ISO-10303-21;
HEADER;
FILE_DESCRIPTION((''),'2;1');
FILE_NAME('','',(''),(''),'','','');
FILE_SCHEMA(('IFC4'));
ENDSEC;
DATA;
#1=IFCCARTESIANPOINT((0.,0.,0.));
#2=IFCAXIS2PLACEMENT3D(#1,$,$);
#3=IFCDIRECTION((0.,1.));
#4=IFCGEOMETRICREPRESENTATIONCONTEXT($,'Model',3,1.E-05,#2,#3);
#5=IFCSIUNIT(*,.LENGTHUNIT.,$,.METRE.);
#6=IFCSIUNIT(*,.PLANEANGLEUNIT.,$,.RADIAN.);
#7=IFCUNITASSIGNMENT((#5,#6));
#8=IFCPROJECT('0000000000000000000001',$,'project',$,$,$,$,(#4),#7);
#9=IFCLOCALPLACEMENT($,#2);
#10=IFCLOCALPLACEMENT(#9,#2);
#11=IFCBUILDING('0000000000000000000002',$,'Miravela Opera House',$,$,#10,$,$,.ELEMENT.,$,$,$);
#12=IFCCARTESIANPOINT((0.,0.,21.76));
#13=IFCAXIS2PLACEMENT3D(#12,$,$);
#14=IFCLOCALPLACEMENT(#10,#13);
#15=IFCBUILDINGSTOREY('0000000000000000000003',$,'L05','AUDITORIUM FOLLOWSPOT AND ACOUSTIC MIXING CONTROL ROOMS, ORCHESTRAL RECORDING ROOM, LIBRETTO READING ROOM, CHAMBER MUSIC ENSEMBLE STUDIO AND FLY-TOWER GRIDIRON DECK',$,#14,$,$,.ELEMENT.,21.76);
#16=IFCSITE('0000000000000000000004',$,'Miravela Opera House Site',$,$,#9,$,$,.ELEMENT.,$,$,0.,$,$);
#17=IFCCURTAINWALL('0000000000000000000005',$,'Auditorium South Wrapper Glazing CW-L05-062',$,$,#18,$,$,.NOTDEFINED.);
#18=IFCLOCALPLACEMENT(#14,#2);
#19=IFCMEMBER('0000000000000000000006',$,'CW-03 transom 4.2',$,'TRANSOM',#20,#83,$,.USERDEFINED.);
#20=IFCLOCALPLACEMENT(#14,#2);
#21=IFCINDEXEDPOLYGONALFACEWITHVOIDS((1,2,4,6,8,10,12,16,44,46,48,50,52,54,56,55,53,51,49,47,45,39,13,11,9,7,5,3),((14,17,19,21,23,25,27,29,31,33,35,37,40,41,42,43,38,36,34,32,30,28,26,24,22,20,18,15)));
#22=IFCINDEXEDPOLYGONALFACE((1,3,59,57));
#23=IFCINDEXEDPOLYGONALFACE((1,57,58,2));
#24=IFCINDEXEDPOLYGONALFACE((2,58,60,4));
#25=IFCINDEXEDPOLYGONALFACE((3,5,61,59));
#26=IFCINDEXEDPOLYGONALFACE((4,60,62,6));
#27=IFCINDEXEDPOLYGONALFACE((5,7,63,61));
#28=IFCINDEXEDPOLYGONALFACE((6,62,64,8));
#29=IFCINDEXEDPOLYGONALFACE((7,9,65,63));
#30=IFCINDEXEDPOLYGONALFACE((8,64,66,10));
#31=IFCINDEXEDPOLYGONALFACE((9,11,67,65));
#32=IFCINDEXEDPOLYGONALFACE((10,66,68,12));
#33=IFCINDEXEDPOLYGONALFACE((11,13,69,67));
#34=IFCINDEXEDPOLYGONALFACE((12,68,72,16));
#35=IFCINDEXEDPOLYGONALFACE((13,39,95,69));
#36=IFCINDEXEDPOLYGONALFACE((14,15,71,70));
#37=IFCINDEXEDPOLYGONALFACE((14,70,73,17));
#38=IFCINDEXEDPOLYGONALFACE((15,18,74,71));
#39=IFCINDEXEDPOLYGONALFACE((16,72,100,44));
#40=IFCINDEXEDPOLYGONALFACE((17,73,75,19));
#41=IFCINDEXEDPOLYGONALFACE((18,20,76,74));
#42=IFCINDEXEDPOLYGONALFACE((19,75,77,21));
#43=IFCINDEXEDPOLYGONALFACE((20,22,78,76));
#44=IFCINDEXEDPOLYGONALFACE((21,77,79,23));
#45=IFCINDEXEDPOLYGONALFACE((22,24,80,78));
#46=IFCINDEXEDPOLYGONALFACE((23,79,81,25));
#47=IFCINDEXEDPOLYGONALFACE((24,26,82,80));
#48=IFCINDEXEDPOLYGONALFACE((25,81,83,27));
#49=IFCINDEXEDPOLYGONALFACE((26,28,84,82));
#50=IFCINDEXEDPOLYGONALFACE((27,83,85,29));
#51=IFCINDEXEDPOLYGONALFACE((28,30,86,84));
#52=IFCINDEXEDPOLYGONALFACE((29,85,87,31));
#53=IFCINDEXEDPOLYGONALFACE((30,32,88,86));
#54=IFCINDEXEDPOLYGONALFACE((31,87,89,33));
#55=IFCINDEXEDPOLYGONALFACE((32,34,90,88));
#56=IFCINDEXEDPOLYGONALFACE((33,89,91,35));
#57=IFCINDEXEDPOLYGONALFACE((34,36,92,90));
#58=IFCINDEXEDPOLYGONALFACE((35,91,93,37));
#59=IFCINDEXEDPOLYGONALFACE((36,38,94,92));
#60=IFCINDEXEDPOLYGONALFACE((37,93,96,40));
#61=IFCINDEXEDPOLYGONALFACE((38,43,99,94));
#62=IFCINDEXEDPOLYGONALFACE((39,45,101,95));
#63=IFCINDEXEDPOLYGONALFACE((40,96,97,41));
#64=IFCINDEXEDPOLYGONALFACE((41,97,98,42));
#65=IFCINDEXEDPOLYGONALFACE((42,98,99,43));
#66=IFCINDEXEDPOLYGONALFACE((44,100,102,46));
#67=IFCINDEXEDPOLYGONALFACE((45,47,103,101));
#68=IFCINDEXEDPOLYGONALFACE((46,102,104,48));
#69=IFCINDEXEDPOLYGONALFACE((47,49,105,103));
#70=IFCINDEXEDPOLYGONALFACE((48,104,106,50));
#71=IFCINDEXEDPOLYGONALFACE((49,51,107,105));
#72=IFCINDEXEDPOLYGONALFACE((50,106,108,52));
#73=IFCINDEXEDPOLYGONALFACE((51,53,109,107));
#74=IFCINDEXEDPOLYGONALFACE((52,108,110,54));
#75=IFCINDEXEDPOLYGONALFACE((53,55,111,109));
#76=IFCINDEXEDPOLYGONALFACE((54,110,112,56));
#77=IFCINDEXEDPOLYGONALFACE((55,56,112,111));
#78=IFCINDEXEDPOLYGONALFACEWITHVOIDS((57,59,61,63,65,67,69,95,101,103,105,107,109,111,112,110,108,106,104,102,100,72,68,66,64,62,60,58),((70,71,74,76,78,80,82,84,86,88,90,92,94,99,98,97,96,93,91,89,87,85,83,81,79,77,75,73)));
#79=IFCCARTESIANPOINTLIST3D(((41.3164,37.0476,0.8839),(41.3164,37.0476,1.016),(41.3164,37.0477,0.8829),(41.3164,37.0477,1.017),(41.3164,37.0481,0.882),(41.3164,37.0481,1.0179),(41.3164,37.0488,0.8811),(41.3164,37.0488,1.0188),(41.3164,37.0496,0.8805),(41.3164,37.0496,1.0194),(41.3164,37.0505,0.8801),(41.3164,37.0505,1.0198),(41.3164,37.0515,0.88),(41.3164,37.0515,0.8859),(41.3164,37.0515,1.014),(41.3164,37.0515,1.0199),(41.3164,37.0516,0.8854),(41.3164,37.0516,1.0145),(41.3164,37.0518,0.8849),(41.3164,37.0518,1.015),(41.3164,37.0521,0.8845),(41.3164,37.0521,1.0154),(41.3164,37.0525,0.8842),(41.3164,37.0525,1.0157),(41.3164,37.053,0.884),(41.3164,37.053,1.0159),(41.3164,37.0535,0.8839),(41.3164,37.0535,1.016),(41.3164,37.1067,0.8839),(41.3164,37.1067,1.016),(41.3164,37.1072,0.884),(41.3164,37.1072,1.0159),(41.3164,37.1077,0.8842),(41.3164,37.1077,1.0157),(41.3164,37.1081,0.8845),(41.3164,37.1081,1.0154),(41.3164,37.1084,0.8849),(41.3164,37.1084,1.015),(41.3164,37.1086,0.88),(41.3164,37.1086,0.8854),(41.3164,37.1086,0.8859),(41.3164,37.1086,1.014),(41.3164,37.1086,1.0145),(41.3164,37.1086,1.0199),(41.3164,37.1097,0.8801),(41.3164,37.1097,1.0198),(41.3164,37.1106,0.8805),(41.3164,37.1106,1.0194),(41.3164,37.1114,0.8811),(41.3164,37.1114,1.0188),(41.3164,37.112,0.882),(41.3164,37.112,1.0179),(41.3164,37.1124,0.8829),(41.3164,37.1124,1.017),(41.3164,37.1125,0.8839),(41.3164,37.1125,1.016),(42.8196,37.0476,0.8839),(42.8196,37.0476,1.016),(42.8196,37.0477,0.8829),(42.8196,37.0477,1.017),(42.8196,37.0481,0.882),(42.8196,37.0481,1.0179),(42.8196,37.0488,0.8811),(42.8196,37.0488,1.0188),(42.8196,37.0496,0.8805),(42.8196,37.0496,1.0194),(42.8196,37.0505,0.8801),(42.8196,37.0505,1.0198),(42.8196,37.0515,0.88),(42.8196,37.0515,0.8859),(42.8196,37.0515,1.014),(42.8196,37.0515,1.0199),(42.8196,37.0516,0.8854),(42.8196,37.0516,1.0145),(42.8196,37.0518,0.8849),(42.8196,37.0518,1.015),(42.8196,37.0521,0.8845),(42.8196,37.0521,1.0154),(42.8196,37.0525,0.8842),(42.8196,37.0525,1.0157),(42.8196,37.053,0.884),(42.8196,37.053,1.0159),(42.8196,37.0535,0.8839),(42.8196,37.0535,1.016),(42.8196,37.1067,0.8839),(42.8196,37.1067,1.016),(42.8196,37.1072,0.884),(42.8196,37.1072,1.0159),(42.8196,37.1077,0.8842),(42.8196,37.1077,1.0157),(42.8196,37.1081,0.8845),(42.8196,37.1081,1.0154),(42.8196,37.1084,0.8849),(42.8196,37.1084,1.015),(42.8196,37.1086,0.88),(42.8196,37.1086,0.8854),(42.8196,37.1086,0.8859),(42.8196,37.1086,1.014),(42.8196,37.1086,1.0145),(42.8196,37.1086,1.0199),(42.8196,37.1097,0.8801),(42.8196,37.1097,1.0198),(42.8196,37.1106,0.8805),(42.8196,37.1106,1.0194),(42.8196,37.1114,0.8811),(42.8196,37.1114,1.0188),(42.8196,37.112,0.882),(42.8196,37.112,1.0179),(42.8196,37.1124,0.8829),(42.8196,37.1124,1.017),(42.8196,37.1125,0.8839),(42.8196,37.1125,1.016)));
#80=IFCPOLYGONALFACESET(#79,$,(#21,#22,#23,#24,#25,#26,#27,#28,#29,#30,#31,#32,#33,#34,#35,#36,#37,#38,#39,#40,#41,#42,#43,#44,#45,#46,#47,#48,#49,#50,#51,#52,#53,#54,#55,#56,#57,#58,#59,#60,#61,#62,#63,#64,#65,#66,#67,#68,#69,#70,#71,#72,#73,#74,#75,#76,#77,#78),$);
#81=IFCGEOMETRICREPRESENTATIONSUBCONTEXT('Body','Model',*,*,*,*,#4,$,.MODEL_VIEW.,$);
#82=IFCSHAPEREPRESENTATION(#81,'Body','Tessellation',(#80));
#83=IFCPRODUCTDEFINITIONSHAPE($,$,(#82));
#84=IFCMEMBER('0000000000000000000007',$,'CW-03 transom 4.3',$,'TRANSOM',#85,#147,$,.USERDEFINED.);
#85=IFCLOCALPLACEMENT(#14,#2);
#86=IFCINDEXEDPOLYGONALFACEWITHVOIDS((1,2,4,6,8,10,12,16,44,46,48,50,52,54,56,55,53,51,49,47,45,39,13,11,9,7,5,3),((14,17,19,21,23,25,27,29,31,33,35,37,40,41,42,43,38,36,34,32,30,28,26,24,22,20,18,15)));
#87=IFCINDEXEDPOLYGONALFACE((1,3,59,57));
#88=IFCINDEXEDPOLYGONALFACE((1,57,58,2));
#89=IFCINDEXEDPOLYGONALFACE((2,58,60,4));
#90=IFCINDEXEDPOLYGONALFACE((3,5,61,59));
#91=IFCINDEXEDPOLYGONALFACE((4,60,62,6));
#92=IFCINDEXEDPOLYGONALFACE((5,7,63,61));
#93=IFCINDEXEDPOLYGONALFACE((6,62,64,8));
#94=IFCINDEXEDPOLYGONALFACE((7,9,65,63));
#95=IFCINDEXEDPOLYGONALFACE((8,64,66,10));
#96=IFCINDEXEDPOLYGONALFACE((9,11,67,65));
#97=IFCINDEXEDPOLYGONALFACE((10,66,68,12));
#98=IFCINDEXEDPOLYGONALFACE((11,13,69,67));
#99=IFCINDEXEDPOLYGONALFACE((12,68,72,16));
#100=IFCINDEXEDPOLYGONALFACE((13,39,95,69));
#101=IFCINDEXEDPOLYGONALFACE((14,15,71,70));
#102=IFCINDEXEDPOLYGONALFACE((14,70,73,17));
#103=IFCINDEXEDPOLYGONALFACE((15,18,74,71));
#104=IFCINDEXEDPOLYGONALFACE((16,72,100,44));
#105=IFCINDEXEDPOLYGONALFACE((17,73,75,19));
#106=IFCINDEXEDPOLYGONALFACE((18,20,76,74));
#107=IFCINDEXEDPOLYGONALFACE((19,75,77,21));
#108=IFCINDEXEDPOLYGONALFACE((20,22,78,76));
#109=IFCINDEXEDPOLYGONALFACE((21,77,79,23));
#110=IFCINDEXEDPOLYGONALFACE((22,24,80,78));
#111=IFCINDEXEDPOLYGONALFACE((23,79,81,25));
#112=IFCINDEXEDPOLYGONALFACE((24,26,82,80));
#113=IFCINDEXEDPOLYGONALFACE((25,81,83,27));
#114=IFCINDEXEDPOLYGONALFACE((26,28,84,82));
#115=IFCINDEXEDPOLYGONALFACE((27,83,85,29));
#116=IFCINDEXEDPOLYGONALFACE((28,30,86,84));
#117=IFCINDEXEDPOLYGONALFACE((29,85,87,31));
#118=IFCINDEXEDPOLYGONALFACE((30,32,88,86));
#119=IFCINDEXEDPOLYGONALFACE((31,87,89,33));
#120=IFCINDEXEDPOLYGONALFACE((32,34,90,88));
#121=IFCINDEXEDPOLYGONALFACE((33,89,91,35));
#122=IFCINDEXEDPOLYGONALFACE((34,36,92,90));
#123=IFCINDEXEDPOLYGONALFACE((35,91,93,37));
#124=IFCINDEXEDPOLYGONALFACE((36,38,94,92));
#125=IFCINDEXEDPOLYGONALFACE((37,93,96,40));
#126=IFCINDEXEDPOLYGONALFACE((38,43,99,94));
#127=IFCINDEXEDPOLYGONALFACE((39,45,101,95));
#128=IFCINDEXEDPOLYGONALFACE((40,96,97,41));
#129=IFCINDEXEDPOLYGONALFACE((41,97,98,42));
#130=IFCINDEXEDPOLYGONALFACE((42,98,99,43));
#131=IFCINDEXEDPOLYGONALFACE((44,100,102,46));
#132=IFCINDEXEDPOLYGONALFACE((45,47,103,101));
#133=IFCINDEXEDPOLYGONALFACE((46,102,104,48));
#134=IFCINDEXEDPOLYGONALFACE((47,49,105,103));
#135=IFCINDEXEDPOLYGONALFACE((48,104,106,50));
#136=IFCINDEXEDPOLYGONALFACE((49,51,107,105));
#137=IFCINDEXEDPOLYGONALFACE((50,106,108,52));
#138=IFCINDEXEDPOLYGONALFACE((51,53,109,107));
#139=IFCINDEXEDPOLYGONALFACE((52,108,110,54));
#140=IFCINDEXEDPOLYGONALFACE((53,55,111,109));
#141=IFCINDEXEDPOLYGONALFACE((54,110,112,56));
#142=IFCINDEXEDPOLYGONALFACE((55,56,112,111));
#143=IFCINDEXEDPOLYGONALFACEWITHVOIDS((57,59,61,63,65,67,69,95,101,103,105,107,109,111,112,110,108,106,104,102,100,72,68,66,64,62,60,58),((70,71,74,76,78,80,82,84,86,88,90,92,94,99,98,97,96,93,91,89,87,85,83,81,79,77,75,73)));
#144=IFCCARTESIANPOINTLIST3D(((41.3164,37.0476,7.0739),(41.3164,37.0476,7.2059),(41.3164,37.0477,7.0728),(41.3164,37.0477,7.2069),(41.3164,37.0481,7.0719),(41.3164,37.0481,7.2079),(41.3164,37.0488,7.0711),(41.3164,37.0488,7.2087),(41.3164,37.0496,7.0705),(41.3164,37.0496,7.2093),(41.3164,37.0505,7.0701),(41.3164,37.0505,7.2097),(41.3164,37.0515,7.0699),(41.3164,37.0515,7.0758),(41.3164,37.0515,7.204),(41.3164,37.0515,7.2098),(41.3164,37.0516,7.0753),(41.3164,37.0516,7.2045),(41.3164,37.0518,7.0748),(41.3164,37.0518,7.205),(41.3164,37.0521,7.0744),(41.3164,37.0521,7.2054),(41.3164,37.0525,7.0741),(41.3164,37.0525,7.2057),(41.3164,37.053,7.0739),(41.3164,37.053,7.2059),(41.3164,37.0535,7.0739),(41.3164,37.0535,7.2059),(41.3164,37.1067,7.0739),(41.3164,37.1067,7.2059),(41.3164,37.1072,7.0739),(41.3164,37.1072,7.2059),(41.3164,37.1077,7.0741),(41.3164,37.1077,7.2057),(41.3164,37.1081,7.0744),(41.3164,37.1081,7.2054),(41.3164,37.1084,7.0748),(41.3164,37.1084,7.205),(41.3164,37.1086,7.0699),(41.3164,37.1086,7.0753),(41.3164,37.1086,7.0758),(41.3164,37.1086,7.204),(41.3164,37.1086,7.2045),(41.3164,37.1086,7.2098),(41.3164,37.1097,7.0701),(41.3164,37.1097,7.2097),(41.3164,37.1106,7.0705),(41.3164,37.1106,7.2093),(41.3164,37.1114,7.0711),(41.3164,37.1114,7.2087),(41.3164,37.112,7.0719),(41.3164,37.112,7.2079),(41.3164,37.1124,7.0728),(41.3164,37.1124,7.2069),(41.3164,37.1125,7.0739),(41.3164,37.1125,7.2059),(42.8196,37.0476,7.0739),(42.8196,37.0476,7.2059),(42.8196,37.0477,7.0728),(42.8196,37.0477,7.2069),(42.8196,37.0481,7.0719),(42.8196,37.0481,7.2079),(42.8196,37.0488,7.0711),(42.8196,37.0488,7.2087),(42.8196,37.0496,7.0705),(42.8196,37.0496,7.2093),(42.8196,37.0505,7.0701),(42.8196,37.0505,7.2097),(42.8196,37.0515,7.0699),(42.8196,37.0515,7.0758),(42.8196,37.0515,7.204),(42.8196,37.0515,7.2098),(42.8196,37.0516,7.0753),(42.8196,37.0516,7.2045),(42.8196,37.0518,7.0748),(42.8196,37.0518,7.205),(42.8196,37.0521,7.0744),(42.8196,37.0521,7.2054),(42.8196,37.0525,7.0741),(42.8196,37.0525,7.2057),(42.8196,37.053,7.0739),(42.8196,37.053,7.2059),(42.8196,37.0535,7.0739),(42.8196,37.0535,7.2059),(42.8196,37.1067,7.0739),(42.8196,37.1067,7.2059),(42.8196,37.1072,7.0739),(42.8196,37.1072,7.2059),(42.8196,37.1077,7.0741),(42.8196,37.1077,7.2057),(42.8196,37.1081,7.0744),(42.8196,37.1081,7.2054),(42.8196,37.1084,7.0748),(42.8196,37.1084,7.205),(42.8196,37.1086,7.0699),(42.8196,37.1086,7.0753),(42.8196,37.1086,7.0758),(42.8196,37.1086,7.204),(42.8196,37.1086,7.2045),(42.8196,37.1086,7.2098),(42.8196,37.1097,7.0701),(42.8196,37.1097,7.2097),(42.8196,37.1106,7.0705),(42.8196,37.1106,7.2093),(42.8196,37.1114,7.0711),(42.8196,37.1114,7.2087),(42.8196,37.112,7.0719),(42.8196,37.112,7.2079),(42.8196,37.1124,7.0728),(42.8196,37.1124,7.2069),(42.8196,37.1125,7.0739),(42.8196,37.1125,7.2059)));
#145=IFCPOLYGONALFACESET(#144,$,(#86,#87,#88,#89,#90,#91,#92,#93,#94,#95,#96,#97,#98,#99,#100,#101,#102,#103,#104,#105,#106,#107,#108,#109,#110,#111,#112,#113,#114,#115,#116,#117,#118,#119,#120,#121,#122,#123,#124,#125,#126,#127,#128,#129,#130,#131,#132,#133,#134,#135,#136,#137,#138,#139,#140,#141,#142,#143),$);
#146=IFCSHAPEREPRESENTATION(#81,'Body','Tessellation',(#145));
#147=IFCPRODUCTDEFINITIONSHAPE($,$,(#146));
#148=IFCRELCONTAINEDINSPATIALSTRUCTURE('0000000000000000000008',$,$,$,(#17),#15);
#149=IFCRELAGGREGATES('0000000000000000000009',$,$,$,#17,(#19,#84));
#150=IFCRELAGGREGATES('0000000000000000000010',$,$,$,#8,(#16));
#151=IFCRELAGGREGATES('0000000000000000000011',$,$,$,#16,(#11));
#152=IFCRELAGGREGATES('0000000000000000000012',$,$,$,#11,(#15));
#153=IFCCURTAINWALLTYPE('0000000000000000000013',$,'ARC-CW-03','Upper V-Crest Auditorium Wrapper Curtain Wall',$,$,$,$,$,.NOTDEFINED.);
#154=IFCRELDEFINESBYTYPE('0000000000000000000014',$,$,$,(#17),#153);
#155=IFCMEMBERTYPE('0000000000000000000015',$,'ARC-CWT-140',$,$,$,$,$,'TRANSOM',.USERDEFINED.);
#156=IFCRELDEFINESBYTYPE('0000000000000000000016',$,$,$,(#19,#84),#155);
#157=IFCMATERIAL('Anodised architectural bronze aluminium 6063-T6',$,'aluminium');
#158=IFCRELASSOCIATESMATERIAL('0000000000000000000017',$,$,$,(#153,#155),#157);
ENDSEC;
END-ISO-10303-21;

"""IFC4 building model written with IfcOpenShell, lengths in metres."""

from ifc_helpers import new_model, si_unit, direction, frame, origin, origin_2d, place, context, subcontext, project, spatial, hollow_rectangle, extrude, material, material_profile, profile_set, type_object, element, aggregate, save


model = new_model("IFC4")

# Units and contexts
model_context = context("Model", 3, precision=1e-05, world=origin(), true_north=direction((0.0, 1.0)))
body_context = subcontext(model_context, "Body", "Model", "MODEL_VIEW")
ifc_project = project(units=[si_unit("LENGTHUNIT", "METRE"), si_unit("PLANEANGLEUNIT", "RADIAN")], contexts=[model_context])

# Site, building, storey
site_placement = place(None, origin())
site = spatial("IfcSite", under=ifc_project, at=site_placement, Name="Miravela Opera House Site", CompositionType="ELEMENT", RefElevation=0.0)
building_placement = place(site_placement, origin())
building = spatial("IfcBuilding", under=site, at=building_placement, Name="Miravela Opera House", CompositionType="ELEMENT")
storey_placement = place(building_placement, frame((0.0, 0.0, 21.76)))
storey = spatial("IfcBuildingStorey", under=building, at=storey_placement, Name="L05", Description="AUDITORIUM FOLLOWSPOT AND ACOUSTIC MIXING CONTROL ROOMS, ORCHESTRAL RECORDING ROOM, LIBRETTO READING ROOM, CHAMBER MUSIC ENSEMBLE STUDIO AND FLY-TOWER GRIDIRON DECK", CompositionType="ELEMENT", Elevation=21.76)

# Curtain wall, members
ifc_material_1 = material(Name="Anodised architectural bronze aluminium 6063-T6", Category="aluminium")
curtain_wall_type = type_object("IfcCurtainWallType", Name="ARC-CW-03", Description="Upper V-Crest Auditorium Wrapper Curtain Wall", PredefinedType="NOTDEFINED", material=ifc_material_1)
curtain_wall_placement = place(storey_placement, origin())
curtain_wall = element("IfcCurtainWall", 1, at=curtain_wall_placement, inside=storey, type_object=curtain_wall_type, Name="Auditorium South Wrapper Glazing CW-L05-062", PredefinedType="NOTDEFINED")
ifc_material_profile = material_profile(ifc_material_1, hollow_rectangle(XDim=0.0649, YDim=0.1399, WallThickness=0.0039, InnerFilletRadius=0.002, OuterFilletRadius=0.0039, at=origin_2d()), Name="CWT-65X140")
ifc_profile_set = profile_set([ifc_material_profile])
member_type = type_object("IfcMemberType", Name="ARC-CWT-140", ElementType="TRANSOM", PredefinedType="USERDEFINED", material=ifc_profile_set)
member_1_placement = place(storey_placement, frame((41.3164, 37.0801, 0.95), z_axis=(1.0, 0.0, 0.0), x_axis=(0.0, 1.0, 0.0)))
member_1 = element("IfcMember", 2, at=member_1_placement, type_object=member_type, Name="CW-03 transom 4.2", ObjectType="TRANSOM", PredefinedType="USERDEFINED", context=body_context, shape_type="SweptSolid", body=[
    extrude(hollow_rectangle(XDim=0.0649, YDim=0.1399, WallThickness=0.0039, InnerFilletRadius=0.002, OuterFilletRadius=0.0039, at=origin_2d()), origin(), (0.0, 0.0, 1.0), 1.5032),
])
member_2_placement = place(storey_placement, frame((41.3164, 37.0801, 7.1399), z_axis=(1.0, 0.0, 0.0), x_axis=(0.0, 1.0, 0.0)))
member_2 = element("IfcMember", 3, at=member_2_placement, type_object=member_type, Name="CW-03 transom 4.3", ObjectType="TRANSOM", PredefinedType="USERDEFINED", context=body_context, shape_type="SweptSolid", body=[
    extrude(hollow_rectangle(XDim=0.0649, YDim=0.1399, WallThickness=0.0039, InnerFilletRadius=0.002, OuterFilletRadius=0.0039, at=origin_2d()), origin(), (0.0, 0.0, 1.0), 1.5032),
])
aggregate(curtain_wall, [member_1, member_2])

save(model, "model.ifc")
